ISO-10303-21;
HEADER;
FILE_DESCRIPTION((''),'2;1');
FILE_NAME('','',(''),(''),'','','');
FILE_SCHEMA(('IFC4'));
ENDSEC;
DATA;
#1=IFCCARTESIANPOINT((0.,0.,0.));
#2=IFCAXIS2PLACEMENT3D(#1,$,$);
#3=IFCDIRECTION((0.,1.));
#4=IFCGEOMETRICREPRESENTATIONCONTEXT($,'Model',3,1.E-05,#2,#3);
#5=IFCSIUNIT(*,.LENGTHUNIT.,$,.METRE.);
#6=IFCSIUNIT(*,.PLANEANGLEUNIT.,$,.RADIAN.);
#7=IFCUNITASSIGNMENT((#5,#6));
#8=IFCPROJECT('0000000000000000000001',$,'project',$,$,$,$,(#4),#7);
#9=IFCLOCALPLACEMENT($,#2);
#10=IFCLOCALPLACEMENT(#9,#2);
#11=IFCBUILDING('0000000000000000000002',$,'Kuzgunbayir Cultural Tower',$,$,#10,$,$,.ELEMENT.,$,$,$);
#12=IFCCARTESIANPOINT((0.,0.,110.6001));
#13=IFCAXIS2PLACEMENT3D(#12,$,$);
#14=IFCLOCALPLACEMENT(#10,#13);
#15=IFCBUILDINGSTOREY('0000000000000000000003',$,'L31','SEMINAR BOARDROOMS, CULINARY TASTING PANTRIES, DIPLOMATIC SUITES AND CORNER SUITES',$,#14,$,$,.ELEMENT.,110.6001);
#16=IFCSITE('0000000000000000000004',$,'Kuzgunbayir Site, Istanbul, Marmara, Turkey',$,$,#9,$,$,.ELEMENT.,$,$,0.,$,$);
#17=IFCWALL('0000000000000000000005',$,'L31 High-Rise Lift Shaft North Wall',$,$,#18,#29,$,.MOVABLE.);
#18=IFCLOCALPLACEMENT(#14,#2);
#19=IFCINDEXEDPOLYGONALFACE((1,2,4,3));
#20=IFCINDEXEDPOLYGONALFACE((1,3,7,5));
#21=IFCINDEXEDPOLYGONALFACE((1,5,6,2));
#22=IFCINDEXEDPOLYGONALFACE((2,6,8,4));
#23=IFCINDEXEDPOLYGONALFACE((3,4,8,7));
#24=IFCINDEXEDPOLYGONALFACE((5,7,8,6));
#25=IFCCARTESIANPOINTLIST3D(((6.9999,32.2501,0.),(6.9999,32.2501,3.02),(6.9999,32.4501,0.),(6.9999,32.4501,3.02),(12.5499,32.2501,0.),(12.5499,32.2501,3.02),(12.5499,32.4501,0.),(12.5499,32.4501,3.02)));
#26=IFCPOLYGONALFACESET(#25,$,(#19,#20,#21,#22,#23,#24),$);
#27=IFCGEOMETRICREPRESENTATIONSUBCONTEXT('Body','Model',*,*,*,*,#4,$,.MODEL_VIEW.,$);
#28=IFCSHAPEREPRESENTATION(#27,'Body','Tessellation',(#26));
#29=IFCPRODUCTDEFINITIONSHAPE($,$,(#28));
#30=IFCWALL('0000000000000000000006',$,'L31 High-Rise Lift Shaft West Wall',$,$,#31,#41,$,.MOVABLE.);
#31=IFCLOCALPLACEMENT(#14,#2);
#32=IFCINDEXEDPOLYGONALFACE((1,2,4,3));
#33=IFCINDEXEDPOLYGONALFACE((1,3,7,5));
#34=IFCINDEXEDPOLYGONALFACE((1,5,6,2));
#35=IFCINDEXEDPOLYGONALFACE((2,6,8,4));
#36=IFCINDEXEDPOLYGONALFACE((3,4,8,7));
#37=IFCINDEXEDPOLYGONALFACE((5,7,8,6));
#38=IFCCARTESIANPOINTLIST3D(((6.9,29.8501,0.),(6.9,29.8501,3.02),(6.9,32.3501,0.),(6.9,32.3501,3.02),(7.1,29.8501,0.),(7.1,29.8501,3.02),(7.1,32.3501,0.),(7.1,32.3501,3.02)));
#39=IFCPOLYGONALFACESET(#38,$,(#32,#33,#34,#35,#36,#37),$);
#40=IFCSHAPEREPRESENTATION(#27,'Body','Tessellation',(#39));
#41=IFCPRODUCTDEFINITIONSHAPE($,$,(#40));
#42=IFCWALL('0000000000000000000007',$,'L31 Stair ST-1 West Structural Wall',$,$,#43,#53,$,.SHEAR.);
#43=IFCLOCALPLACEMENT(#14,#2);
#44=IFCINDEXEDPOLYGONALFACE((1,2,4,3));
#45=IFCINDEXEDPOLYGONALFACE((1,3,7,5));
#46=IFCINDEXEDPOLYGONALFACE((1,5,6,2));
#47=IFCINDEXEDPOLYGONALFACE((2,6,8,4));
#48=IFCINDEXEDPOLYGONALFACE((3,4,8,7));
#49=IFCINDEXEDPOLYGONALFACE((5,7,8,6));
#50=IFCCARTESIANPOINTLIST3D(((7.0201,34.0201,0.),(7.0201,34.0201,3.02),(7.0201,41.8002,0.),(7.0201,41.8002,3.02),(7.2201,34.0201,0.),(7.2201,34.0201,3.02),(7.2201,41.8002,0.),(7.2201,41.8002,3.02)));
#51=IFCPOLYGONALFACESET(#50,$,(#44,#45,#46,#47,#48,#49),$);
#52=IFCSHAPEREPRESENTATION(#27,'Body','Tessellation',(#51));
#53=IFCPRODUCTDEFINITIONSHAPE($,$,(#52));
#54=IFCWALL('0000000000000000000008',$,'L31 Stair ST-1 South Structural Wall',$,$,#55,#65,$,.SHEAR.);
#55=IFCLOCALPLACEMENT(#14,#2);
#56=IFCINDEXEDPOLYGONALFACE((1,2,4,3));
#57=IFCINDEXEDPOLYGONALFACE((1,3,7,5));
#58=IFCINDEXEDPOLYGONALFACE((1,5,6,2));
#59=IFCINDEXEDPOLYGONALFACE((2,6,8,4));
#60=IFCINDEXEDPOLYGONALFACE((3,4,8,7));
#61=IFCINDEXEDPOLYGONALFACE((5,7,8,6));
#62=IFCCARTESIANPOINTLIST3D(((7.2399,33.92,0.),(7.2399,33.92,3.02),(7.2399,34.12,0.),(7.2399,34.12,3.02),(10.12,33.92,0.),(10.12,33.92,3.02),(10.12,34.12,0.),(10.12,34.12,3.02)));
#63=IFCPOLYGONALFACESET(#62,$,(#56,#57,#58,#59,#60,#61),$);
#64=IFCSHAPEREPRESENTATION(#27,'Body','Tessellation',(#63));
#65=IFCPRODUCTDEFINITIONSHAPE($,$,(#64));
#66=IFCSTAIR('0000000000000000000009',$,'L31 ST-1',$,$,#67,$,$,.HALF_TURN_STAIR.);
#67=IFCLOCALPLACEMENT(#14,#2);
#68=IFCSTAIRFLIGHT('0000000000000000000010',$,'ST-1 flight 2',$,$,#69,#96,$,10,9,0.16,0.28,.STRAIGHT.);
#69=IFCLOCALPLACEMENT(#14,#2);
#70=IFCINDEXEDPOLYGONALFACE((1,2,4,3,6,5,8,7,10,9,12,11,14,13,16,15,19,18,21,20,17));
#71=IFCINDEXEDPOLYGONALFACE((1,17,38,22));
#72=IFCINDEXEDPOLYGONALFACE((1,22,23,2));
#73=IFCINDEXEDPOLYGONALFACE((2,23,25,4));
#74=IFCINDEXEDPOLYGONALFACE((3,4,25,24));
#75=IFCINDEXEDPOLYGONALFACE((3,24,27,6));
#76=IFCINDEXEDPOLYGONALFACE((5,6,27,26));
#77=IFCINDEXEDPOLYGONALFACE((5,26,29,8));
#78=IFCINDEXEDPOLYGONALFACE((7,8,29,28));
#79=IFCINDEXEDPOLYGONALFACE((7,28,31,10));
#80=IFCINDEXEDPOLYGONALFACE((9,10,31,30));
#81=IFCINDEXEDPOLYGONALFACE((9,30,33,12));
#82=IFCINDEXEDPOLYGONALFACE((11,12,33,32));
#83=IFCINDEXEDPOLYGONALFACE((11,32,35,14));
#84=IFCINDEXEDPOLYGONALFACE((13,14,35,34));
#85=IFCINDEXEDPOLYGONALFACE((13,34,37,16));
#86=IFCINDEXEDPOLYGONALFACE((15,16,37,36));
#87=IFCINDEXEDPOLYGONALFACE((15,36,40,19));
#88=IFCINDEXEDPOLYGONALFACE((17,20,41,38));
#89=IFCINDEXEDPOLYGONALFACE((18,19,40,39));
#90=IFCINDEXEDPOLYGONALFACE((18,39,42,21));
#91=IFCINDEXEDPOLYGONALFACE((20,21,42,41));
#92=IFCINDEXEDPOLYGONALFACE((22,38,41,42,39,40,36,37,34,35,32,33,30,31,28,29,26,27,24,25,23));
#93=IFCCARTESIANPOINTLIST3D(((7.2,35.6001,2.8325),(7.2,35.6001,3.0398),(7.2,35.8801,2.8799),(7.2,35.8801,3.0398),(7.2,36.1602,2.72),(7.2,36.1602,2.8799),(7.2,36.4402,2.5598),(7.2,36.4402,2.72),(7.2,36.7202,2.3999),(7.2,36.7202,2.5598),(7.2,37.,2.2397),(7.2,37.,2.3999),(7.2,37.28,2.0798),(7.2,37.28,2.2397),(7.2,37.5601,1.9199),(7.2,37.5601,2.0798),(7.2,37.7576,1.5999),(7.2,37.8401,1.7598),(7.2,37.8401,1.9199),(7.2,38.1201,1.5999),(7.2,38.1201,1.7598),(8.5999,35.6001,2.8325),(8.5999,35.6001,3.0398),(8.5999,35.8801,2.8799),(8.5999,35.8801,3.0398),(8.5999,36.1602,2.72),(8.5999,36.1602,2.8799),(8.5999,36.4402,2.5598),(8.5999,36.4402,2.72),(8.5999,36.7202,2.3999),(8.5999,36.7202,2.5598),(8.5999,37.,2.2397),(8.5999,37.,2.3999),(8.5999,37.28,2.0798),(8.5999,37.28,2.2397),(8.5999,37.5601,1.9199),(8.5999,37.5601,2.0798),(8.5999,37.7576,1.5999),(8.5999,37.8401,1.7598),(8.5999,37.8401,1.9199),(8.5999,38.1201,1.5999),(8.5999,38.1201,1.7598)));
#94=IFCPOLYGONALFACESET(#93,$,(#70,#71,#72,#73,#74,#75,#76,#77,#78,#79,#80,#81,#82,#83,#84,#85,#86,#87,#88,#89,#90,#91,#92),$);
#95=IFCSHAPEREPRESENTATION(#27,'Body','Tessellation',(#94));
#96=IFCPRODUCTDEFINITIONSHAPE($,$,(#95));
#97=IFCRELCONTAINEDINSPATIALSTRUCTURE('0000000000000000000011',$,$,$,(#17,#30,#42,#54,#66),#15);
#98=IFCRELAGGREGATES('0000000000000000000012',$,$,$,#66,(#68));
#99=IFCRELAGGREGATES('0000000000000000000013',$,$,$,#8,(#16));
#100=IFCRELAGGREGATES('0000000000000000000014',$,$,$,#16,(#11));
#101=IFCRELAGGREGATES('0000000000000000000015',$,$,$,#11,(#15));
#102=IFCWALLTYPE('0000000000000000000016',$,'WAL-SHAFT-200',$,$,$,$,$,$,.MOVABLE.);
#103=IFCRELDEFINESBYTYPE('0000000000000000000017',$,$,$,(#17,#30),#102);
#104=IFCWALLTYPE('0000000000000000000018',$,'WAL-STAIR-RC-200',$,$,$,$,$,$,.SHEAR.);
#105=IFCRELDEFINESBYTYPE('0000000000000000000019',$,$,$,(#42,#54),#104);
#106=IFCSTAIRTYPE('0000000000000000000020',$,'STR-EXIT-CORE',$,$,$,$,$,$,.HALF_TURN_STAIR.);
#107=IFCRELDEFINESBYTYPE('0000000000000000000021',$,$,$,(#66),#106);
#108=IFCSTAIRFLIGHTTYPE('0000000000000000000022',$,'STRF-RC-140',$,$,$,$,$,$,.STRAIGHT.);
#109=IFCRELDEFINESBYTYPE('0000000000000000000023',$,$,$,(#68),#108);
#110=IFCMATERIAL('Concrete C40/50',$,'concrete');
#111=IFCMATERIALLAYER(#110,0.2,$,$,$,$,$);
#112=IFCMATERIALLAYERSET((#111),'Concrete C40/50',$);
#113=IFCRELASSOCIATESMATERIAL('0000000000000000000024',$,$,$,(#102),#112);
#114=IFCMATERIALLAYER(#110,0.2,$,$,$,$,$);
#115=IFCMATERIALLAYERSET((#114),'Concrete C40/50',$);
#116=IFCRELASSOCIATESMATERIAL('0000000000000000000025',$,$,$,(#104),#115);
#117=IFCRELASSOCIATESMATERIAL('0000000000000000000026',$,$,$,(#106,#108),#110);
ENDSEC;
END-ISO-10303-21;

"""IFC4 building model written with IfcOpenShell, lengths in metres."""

from ifc_helpers import new_model, si_unit, direction, frame, frame_2d, origin, place, context, subcontext, project, spatial, polyline, rectangle, outline, extrude, material, layer, layer_set, type_object, element, aggregate, save


model = new_model("IFC4")

# Units and contexts
model_context = context("Model", 3, precision=1e-05, world=origin(), true_north=direction((0.0, 1.0)))
body_context = subcontext(model_context, "Body", "Model", "MODEL_VIEW")
ifc_project = project(units=[si_unit("LENGTHUNIT", "METRE"), si_unit("PLANEANGLEUNIT", "RADIAN")], contexts=[model_context])

# Site, building, storey
site_placement = place(None, origin())
site = spatial("IfcSite", under=ifc_project, at=site_placement, Name="Kuzgunbayir Site, Istanbul, Marmara, Turkey", CompositionType="ELEMENT", RefElevation=0.0)
building_placement = place(site_placement, origin())
building = spatial("IfcBuilding", under=site, at=building_placement, Name="Kuzgunbayir Cultural Tower", CompositionType="ELEMENT")
storey_placement = place(building_placement, frame((0.0, 0.0, 110.6001)))
storey = spatial("IfcBuildingStorey", under=building, at=storey_placement, Name="L31", Description="SEMINAR BOARDROOMS, CULINARY TASTING PANTRIES, DIPLOMATIC SUITES AND CORNER SUITES", CompositionType="ELEMENT", Elevation=110.6001)

# Walls
ifc_material_1 = material(Name="Concrete C40/50", Category="concrete")
ifc_layer_1 = layer(ifc_material_1, 0.2)
ifc_layer_set_1 = layer_set([ifc_layer_1], Name="Concrete C40/50")
wall_type_1 = type_object("IfcWallType", Name="WAL-SHAFT-200", PredefinedType="MOVABLE", material=ifc_layer_set_1)
for number, where, z_axis, x_axis, name in (
    (1, (7.0, 32.3501, 0.0), (0.0, 0.0, 1.0), (1.0, 0.0, 0.0), "L31 High-Rise Lift Shaft North Wall"),
):
    element("IfcWall", number, at=place(storey_placement, frame(where, z_axis=z_axis, x_axis=x_axis)), inside=storey, type_object=wall_type_1, Name=name, PredefinedType="MOVABLE", context=body_context, shape_type="SweptSolid", body=[
        extrude(rectangle(XDim=5.55, YDim=0.2, at=frame_2d((2.7749, 0.0))), origin(), (0.0, 0.0, 1.0), 3.02),
    ])
wall_1_placement = place(storey_placement, frame((7.0, 29.8501, 0.0), z_axis=(0.0, 0.0, 1.0), x_axis=(0.0, 1.0, 0.0)))
element("IfcWall", 2, at=wall_1_placement, inside=storey, type_object=wall_type_1, Name="L31 High-Rise Lift Shaft West Wall", PredefinedType="MOVABLE", context=body_context, shape_type="SweptSolid", body=[
    extrude(rectangle(XDim=2.5, YDim=0.2, at=frame_2d((1.25, 0.0))), origin(), (0.0, 0.0, 1.0), 3.02),
])
ifc_layer_2 = layer(ifc_material_1, 0.2)
ifc_layer_set_2 = layer_set([ifc_layer_2], Name="Concrete C40/50")
wall_type_2 = type_object("IfcWallType", Name="WAL-STAIR-RC-200", PredefinedType="SHEAR", material=ifc_layer_set_2)
wall_2_placement = place(storey_placement, frame((7.1201, 34.02, 0.0), z_axis=(0.0, 0.0, 1.0), x_axis=(0.0, 1.0, 0.0)))
element("IfcWall", 3, at=wall_2_placement, inside=storey, type_object=wall_type_2, Name="L31 Stair ST-1 West Structural Wall", PredefinedType="SHEAR", context=body_context, shape_type="SweptSolid", body=[
    extrude(rectangle(XDim=7.78, YDim=0.2, at=frame_2d((3.8901, 0.0))), origin(), (0.0, 0.0, 1.0), 3.02),
])
wall_3_placement = place(storey_placement, frame((7.24, 34.02, 0.0), z_axis=(0.0, 0.0, 1.0), x_axis=(1.0, 0.0, 0.0)))
element("IfcWall", 4, at=wall_3_placement, inside=storey, type_object=wall_type_2, Name="L31 Stair ST-1 South Structural Wall", PredefinedType="SHEAR", context=body_context, shape_type="SweptSolid", body=[
    extrude(rectangle(XDim=2.8801, YDim=0.2, at=frame_2d((1.4399, 0.0))), origin(), (0.0, 0.0, 1.0), 3.02),
])

# Stair, stair flight
stair_type = type_object("IfcStairType", Name="STR-EXIT-CORE", PredefinedType="HALF_TURN_STAIR", material=ifc_material_1)
stair_placement = place(storey_placement, origin())
stair = element("IfcStair", 5, at=stair_placement, inside=storey, type_object=stair_type, Name="L31 ST-1", PredefinedType="HALF_TURN_STAIR")
stair_flight_type = type_object("IfcStairFlightType", Name="STRF-RC-140", PredefinedType="STRAIGHT", material=ifc_material_1)
stair_flight_placement = place(storey_placement, frame((7.8999, 38.1201, 1.5999), z_axis=(0.0, 0.0, 1.0), x_axis=(0.0, -1.0, 0.0)))
stair_flight = element("IfcStairFlight", 6, at=stair_flight_placement, type_object=stair_flight_type, Name="ST-1 flight 2", NumberOfRisers=10, NumberOfTreads=9, PredefinedType="STRAIGHT", RiserHeight=0.16, TreadLength=0.28, context=body_context, shape_type="SweptSolid", body=[
    extrude(outline(polyline([(0.0, 0.0), (0.0, 0.1599), (0.28, 0.1599), (0.28, 0.3201), (0.5601, 0.3201), (0.5601, 0.48), (0.8401, 0.48), (0.8401, 0.6399), (1.1201, 0.6399), (1.1201, 0.8), (1.3999, 0.8), (1.3999, 0.96), (1.6799, 0.96), (1.6799, 1.1201), (1.96, 1.1201), (1.96, 1.28), (2.24, 1.28), (2.24, 1.4399), (2.52, 1.4399), (2.52, 1.6001), (2.52, 1.2327), (0.3625, 0.0), (0.0, 0.0)])), frame((0.0, 0.7, 0.0), z_axis=(0.0, -1.0, 0.0), x_axis=(1.0, 0.0, 0.0)), (0.0, 0.0, 1.0), 1.3999),
])
aggregate(stair, [stair_flight])

save(model, "model.ifc")
